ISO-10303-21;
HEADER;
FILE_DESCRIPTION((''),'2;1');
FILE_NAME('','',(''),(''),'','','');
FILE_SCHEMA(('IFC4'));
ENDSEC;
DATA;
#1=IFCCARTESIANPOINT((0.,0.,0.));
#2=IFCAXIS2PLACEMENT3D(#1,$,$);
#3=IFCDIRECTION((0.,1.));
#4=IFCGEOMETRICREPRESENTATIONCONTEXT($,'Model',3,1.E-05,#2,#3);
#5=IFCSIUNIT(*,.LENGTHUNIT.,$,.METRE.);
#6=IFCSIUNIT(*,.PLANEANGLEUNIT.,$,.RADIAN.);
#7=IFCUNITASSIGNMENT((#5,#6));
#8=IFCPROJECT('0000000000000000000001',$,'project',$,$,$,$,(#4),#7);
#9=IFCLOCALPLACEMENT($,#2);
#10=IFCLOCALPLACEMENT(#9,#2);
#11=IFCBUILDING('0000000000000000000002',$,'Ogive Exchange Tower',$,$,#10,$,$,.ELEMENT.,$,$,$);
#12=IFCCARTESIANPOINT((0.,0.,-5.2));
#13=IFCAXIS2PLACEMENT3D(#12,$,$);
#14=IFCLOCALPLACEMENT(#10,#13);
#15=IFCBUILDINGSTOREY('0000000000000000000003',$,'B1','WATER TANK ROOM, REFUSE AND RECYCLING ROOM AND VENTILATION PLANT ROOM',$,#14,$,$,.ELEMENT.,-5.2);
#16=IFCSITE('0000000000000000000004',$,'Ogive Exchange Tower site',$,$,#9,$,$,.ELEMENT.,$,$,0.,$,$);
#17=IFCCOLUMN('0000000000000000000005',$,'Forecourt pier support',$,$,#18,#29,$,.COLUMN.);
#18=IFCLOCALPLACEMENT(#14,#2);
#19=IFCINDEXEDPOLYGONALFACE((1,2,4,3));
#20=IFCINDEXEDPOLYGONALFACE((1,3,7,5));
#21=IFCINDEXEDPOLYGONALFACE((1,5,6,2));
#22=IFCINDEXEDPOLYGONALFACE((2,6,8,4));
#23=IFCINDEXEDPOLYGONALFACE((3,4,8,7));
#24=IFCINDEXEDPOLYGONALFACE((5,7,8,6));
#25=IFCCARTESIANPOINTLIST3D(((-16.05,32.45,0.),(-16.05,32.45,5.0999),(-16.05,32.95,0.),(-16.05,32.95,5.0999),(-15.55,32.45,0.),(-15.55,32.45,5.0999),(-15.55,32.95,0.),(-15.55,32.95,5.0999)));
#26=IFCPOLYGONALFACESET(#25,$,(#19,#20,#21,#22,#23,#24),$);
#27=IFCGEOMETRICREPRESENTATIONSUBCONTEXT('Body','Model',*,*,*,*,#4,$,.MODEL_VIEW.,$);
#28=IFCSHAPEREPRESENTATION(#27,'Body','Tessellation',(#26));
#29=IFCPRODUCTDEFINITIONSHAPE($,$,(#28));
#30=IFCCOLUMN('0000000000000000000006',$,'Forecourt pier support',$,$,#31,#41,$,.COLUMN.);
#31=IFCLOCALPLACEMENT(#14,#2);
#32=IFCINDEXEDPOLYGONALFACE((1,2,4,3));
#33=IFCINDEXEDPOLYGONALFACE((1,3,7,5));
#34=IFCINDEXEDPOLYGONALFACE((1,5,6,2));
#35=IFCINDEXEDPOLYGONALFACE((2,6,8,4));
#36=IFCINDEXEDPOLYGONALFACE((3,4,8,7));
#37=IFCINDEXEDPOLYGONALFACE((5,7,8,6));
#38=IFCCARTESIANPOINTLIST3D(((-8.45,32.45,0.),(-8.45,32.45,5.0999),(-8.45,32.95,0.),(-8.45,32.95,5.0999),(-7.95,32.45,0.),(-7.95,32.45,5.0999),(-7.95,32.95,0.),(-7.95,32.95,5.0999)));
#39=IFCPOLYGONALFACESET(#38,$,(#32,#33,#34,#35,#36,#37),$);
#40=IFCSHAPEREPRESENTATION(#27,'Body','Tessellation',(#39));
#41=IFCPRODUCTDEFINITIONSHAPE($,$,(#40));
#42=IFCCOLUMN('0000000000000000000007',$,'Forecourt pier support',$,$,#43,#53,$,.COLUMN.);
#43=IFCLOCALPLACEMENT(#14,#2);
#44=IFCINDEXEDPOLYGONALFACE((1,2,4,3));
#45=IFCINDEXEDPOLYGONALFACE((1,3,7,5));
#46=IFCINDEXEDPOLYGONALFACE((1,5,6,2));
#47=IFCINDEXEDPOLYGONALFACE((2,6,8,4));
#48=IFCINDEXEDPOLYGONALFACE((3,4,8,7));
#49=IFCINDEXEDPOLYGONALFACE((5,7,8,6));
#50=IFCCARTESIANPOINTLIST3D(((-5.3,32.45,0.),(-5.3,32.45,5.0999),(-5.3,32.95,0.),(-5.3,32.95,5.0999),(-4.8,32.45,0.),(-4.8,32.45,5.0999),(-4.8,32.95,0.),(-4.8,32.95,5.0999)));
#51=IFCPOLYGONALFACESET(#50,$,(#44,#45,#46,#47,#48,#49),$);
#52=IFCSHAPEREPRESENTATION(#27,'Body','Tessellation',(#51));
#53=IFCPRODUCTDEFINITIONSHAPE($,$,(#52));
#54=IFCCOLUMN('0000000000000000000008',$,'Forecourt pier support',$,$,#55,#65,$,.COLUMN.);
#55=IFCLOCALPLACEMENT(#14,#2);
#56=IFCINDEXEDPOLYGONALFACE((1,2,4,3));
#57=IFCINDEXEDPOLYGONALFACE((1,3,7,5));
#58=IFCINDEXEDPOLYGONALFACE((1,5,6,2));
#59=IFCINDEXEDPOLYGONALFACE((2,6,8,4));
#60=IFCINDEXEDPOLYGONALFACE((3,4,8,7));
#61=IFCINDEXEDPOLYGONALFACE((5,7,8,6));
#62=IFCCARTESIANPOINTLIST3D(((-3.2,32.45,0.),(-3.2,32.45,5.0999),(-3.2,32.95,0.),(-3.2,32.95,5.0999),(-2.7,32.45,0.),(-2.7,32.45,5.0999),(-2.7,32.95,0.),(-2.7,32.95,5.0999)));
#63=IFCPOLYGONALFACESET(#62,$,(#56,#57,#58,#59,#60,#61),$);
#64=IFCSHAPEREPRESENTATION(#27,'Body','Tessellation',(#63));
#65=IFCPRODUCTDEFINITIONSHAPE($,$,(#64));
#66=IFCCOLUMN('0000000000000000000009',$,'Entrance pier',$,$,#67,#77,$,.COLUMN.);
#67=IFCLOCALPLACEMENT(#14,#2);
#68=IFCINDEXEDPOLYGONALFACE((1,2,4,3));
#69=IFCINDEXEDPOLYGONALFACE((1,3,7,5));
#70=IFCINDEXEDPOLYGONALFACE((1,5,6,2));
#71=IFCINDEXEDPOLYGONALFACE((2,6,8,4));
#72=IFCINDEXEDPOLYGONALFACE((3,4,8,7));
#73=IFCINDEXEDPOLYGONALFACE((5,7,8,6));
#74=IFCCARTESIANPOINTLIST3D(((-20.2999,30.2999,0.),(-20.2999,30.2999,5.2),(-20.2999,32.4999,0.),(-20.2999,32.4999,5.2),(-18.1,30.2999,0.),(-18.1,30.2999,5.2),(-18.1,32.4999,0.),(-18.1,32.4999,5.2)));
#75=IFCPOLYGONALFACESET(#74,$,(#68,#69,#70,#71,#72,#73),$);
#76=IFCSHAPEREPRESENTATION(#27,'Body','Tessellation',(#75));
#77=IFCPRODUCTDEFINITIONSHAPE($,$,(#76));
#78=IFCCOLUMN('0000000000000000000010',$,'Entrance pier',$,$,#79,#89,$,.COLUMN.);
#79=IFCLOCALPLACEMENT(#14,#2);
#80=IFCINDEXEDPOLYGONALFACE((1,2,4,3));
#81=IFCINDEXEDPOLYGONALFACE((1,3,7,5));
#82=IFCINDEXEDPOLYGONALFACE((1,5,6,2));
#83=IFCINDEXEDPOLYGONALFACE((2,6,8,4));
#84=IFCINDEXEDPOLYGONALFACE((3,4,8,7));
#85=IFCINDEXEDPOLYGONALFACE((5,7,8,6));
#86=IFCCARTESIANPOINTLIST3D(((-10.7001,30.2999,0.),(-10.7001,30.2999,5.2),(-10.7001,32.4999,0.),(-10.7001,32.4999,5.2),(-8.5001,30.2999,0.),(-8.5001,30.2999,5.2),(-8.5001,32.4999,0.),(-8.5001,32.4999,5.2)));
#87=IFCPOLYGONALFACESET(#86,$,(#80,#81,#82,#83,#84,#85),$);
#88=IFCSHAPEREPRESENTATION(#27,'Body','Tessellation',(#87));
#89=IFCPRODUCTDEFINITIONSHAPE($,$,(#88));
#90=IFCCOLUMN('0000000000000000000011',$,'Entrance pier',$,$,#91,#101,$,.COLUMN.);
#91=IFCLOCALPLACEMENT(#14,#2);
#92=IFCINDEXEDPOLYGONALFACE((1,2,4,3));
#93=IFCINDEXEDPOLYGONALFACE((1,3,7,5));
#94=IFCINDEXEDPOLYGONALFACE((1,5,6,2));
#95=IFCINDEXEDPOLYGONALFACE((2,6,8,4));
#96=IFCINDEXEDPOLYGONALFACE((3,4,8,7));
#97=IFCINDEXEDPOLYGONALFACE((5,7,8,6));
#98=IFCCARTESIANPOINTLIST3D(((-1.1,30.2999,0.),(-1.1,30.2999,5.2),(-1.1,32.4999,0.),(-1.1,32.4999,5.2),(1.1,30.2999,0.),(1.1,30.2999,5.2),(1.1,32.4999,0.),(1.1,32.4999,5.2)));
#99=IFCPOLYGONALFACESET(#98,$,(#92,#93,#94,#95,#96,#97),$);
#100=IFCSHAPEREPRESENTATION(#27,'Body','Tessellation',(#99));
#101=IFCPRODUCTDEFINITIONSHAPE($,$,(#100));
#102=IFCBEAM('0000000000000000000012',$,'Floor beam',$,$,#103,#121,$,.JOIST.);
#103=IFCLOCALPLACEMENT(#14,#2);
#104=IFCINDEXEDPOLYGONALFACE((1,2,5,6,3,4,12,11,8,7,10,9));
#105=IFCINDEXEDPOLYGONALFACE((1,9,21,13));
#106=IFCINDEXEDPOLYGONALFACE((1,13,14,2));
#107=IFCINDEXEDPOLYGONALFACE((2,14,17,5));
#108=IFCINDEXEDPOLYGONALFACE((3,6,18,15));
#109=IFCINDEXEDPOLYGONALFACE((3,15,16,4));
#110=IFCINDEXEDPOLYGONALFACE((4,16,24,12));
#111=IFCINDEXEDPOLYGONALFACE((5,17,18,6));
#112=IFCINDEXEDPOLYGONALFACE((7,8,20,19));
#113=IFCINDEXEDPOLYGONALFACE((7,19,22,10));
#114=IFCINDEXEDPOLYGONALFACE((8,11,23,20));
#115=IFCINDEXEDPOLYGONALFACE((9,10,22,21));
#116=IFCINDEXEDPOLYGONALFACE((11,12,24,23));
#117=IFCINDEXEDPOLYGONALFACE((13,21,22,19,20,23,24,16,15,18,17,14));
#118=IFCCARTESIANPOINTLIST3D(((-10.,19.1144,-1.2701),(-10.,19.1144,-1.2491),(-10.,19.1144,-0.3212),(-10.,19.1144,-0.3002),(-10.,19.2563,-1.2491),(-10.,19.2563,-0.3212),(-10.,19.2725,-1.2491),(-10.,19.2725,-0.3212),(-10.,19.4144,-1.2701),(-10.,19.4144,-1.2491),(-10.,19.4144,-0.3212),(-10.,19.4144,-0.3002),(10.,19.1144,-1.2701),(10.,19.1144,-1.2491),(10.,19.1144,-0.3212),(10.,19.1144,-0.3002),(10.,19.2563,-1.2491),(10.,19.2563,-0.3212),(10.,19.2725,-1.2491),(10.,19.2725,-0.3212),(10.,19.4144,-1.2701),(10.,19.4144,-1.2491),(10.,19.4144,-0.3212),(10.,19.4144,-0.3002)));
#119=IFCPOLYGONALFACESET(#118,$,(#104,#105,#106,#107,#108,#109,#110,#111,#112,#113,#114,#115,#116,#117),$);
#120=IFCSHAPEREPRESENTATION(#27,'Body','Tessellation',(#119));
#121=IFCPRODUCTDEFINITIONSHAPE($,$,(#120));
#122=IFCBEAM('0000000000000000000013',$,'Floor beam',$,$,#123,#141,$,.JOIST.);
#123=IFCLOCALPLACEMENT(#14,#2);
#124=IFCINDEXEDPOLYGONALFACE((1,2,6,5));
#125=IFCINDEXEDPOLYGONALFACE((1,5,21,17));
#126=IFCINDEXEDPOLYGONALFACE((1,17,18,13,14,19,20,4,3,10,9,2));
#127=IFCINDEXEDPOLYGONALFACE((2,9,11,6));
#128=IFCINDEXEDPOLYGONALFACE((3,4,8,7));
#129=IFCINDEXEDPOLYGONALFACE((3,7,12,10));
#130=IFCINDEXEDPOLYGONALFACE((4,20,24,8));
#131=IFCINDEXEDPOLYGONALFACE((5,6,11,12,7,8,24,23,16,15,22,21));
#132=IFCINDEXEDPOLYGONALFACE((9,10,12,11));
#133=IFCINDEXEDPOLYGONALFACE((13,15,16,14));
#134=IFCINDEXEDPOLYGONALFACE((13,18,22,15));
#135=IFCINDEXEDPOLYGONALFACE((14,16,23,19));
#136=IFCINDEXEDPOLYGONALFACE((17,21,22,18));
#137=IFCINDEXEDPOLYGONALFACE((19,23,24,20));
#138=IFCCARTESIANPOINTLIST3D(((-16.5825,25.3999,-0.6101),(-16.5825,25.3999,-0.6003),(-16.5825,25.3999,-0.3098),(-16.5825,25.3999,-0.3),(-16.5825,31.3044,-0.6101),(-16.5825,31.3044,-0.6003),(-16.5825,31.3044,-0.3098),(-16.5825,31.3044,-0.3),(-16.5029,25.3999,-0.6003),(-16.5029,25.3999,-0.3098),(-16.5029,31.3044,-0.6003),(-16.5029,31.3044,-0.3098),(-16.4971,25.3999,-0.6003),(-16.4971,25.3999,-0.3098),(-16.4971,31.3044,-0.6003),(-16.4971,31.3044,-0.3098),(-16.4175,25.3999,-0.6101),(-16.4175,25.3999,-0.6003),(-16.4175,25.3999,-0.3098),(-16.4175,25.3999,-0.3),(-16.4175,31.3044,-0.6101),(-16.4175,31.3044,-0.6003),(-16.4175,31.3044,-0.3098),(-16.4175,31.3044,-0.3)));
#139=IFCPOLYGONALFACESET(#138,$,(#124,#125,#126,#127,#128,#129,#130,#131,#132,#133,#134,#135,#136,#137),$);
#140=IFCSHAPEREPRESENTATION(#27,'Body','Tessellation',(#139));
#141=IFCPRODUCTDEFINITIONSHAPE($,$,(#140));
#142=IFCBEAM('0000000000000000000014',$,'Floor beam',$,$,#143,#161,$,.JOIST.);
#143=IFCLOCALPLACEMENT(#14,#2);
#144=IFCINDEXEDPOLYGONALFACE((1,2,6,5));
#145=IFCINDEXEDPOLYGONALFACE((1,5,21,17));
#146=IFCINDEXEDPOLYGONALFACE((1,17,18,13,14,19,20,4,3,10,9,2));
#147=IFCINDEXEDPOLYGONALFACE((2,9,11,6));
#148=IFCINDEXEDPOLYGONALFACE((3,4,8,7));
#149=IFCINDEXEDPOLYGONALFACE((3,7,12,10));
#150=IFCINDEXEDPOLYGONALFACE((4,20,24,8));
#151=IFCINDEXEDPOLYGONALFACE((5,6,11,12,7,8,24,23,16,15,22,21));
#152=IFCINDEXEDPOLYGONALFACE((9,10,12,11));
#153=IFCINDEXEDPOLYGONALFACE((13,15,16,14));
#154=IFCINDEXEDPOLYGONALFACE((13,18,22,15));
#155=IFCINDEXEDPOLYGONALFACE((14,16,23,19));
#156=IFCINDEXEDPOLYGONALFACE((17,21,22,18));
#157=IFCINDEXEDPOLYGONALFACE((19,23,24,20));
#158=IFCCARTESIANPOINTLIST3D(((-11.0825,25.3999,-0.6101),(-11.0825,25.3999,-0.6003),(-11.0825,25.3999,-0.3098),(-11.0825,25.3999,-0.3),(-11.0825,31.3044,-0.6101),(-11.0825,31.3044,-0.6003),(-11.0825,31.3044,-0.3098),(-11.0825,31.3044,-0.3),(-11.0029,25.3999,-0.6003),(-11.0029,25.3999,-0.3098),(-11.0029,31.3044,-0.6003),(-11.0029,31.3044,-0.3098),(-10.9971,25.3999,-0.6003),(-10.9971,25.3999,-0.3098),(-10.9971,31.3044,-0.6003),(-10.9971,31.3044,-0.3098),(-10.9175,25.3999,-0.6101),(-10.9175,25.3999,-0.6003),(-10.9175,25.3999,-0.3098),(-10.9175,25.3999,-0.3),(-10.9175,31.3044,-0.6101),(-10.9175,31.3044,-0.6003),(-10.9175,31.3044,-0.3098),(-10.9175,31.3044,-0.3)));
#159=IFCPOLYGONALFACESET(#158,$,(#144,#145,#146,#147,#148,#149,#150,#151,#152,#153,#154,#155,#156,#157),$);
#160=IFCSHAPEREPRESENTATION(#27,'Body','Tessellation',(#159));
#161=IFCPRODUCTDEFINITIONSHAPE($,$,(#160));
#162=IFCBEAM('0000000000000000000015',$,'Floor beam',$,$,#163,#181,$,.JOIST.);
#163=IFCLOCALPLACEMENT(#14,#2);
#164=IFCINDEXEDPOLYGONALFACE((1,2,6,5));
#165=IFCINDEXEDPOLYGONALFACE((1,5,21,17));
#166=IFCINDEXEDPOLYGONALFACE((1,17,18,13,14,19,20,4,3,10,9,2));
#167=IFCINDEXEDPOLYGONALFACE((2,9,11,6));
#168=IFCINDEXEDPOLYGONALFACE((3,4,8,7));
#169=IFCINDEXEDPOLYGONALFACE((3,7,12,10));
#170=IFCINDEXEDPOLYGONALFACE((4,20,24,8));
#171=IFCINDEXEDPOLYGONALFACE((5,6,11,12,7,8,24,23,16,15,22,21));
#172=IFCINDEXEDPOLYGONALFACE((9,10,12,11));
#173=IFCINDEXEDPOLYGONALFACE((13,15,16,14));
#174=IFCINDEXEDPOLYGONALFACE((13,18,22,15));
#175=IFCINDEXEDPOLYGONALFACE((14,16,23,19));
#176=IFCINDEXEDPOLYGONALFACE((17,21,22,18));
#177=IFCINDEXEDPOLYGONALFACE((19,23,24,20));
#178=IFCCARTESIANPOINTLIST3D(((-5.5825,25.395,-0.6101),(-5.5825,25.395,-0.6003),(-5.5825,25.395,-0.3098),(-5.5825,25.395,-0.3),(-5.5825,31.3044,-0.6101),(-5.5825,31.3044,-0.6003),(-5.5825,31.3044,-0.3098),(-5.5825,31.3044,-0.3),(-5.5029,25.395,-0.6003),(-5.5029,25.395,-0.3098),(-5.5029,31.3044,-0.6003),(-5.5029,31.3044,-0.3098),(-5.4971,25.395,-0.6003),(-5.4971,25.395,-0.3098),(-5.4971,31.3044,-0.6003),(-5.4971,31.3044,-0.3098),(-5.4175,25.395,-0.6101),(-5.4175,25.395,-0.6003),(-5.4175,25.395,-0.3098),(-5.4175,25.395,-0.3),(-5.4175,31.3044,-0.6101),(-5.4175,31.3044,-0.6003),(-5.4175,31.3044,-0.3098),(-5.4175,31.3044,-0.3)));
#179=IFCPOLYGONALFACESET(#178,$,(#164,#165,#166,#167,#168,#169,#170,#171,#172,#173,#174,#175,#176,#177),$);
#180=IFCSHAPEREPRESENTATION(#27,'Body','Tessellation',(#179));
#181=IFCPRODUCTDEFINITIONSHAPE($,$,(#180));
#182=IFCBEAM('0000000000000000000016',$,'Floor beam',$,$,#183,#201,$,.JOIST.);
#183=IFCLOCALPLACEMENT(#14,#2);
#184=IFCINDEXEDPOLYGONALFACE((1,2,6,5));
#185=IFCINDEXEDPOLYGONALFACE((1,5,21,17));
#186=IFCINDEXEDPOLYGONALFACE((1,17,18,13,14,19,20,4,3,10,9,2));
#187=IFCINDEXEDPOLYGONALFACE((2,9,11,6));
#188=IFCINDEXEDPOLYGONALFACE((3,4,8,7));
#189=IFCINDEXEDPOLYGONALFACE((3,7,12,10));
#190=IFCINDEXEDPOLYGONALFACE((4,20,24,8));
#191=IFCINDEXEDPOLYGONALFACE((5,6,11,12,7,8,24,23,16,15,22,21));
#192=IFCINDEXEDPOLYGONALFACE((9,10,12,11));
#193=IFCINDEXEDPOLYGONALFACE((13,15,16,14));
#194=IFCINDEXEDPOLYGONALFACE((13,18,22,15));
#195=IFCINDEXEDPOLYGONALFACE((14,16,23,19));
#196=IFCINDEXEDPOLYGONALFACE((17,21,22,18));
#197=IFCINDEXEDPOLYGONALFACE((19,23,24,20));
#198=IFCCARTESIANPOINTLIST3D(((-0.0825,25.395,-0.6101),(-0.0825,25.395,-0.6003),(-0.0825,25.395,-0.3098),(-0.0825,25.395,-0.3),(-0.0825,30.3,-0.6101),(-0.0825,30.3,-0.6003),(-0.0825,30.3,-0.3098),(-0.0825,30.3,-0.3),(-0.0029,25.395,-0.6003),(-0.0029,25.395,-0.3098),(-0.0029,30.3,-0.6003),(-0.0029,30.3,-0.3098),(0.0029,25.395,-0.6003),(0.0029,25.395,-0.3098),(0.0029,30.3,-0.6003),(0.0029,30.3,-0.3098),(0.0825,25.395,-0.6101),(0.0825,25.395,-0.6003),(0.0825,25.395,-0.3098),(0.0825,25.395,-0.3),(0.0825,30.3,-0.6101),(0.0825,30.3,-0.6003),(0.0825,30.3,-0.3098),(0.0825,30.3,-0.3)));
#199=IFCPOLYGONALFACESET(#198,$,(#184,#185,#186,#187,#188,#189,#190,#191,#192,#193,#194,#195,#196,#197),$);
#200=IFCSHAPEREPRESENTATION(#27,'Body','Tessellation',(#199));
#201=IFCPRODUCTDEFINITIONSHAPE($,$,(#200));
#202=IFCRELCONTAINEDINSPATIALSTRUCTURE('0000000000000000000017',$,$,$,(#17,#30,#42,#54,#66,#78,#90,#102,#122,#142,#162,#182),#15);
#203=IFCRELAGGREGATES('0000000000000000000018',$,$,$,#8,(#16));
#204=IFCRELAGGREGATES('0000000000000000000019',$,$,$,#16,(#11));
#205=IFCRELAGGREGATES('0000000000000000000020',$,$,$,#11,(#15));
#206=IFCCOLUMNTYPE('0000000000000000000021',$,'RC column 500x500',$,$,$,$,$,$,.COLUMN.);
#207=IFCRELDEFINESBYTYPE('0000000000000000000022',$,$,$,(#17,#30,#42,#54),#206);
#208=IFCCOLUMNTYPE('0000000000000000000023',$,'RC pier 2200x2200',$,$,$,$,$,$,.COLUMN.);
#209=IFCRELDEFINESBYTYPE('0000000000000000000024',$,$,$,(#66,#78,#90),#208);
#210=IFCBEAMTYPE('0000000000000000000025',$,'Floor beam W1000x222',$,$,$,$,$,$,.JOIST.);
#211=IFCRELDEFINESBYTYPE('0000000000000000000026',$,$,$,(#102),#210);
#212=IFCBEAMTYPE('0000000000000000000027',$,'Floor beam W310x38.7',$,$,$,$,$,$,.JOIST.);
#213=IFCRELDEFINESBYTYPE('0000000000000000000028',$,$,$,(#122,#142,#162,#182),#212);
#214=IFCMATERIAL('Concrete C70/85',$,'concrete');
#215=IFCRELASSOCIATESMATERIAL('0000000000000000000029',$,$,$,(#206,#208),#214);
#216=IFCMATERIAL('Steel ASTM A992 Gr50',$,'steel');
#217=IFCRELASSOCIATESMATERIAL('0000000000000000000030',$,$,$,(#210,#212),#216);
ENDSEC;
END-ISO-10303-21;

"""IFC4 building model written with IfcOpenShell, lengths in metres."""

from ifc_helpers import new_model, si_unit, direction, frame, origin, origin_2d, place, context, subcontext, project, spatial, rectangle, i_section, extrude, material, material_profile, profile_set, type_object, element, save


model = new_model("IFC4")

# Units and contexts
model_context = context("Model", 3, precision=1e-05, world=origin(), true_north=direction((0.0, 1.0)))
body_context = subcontext(model_context, "Body", "Model", "MODEL_VIEW")
ifc_project = project(units=[si_unit("LENGTHUNIT", "METRE"), si_unit("PLANEANGLEUNIT", "RADIAN")], contexts=[model_context])

# Site, building, storey
site_placement = place(None, origin())
site = spatial("IfcSite", under=ifc_project, at=site_placement, Name="Ogive Exchange Tower site", CompositionType="ELEMENT", RefElevation=0.0)
building_placement = place(site_placement, origin())
building = spatial("IfcBuilding", under=site, at=building_placement, Name="Ogive Exchange Tower", CompositionType="ELEMENT")
storey_placement = place(building_placement, frame((0.0, 0.0, -5.2)))
storey = spatial("IfcBuildingStorey", under=building, at=storey_placement, Name="B1", Description="WATER TANK ROOM, REFUSE AND RECYCLING ROOM AND VENTILATION PLANT ROOM", CompositionType="ELEMENT", Elevation=-5.2)

# Columns
ifc_material_1 = material(Name="Concrete C70/85", Category="concrete")
ifc_material_profile_1 = material_profile(ifc_material_1, rectangle(XDim=0.5, YDim=0.5, at=origin_2d()), Name="RC 500x500")
ifc_profile_set_1 = profile_set([ifc_material_profile_1], Name="Concrete C70/85")
column_type_1 = type_object("IfcColumnType", Name="RC column 500x500", PredefinedType="COLUMN", material=ifc_profile_set_1)
for number, where, z_axis, x_axis, name in (
    (1, (-15.8, 32.7, 0.0), (0.0, 0.0, 1.0), (1.0, 0.0, 0.0), "Forecourt pier support"),
    (2, (-8.2, 32.7, 0.0), (0.0, 0.0, 1.0), (1.0, 0.0, 0.0), "Forecourt pier support"),
    (3, (-5.05, 32.7, 0.0), (0.0, 0.0, 1.0), (1.0, 0.0, 0.0), "Forecourt pier support"),
    (4, (-2.95, 32.7, 0.0), (0.0, 0.0, 1.0), (1.0, 0.0, 0.0), "Forecourt pier support"),
):
    element("IfcColumn", number, at=place(storey_placement, frame(where, z_axis=z_axis, x_axis=x_axis)), inside=storey, type_object=column_type_1, Name=name, PredefinedType="COLUMN", context=body_context, shape_type="SweptSolid", body=[
        extrude(rectangle(XDim=0.5, YDim=0.5, at=origin_2d()), origin(), (0.0, 0.0, 1.0), 5.0999),
    ])
ifc_material_profile_2 = material_profile(ifc_material_1, rectangle(XDim=2.2, YDim=2.2, at=origin_2d()), Name="RC 2200x2200")
ifc_profile_set_2 = profile_set([ifc_material_profile_2], Name="Concrete C70/85")
column_type_2 = type_object("IfcColumnType", Name="RC pier 2200x2200", PredefinedType="COLUMN", material=ifc_profile_set_2)
for number, where, z_axis, x_axis, name in (
    (5, (-19.2, 31.3999, 0.0), (0.0, 0.0, 1.0), (1.0, 0.0, 0.0), "Entrance pier"),
    (6, (-9.6001, 31.3999, 0.0), (0.0, 0.0, 1.0), (1.0, 0.0, 0.0), "Entrance pier"),
    (7, (0.0, 31.3999, 0.0), (0.0, 0.0, 1.0), (1.0, 0.0, 0.0), "Entrance pier"),
):
    element("IfcColumn", number, at=place(storey_placement, frame(where, z_axis=z_axis, x_axis=x_axis)), inside=storey, type_object=column_type_2, Name=name, PredefinedType="COLUMN", context=body_context, shape_type="SweptSolid", body=[
        extrude(rectangle(XDim=2.2, YDim=2.2, at=origin_2d()), origin(), (0.0, 0.0, 1.0), 5.2),
    ])

# Beams
ifc_material_2 = material(Name="Steel ASTM A992 Gr50", Category="steel")
ifc_material_profile_3 = material_profile(ifc_material_2, i_section(OverallWidth=0.3, OverallDepth=0.97, WebThickness=0.0161, FlangeThickness=0.021, at=origin_2d()), Name="W1000x222")
ifc_profile_set_3 = profile_set([ifc_material_profile_3], Name="Steel ASTM A992 Gr50")
beam_type_1 = type_object("IfcBeamType", Name="Floor beam W1000x222", PredefinedType="JOIST", material=ifc_profile_set_3)
beam_1_placement = place(storey_placement, frame((-10.0, 19.2644, -0.7852), z_axis=(1.0, 0.0, 0.0), x_axis=(0.0, 1.0, 0.0)))
element("IfcBeam", 8, at=beam_1_placement, inside=storey, type_object=beam_type_1, Name="Floor beam", PredefinedType="JOIST", context=body_context, shape_type="SweptSolid", body=[
    extrude(i_section(OverallWidth=0.3, OverallDepth=0.97, WebThickness=0.0161, FlangeThickness=0.021, at=origin_2d()), origin(), (0.0, 0.0, 1.0), 20.0),
])
ifc_material_profile_4 = material_profile(ifc_material_2, i_section(OverallWidth=0.165, OverallDepth=0.3101, WebThickness=0.0059, FlangeThickness=0.0098, at=origin_2d()), Name="W310x38.7")
ifc_profile_set_4 = profile_set([ifc_material_profile_4], Name="Steel ASTM A992 Gr50")
beam_type_2 = type_object("IfcBeamType", Name="Floor beam W310x38.7", PredefinedType="JOIST", material=ifc_profile_set_4)
for number, where, z_axis, x_axis, name in (
    (9, (-16.5, 25.3999, -0.4551), (0.0, 1.0, 0.0), (-1.0, 0.0, 0.0), "Floor beam"),
    (10, (-11.0, 25.3999, -0.4551), (0.0, 1.0, 0.0), (-1.0, 0.0, 0.0), "Floor beam"),
):
    element("IfcBeam", number, at=place(storey_placement, frame(where, z_axis=z_axis, x_axis=x_axis)), inside=storey, type_object=beam_type_2, Name=name, PredefinedType="JOIST", context=body_context, shape_type="SweptSolid", body=[
        extrude(i_section(OverallWidth=0.165, OverallDepth=0.3101, WebThickness=0.0059, FlangeThickness=0.0098, at=origin_2d()), origin(), (0.0, 0.0, 1.0), 5.9045),
    ])
beam_2_placement = place(storey_placement, frame((-5.5, 25.395, -0.4551), z_axis=(0.0, 1.0, 0.0), x_axis=(-1.0, 0.0, 0.0)))
element("IfcBeam", 11, at=beam_2_placement, inside=storey, type_object=beam_type_2, Name="Floor beam", PredefinedType="JOIST", context=body_context, shape_type="SweptSolid", body=[
    extrude(i_section(OverallWidth=0.165, OverallDepth=0.3101, WebThickness=0.0059, FlangeThickness=0.0098, at=origin_2d()), origin(), (0.0, 0.0, 1.0), 5.9094),
])
beam_3_placement = place(storey_placement, frame((0.0, 25.395, -0.4551), z_axis=(0.0, 1.0, 0.0), x_axis=(-1.0, 0.0, 0.0)))
element("IfcBeam", 12, at=beam_3_placement, inside=storey, type_object=beam_type_2, Name="Floor beam", PredefinedType="JOIST", context=body_context, shape_type="SweptSolid", body=[
    extrude(i_section(OverallWidth=0.165, OverallDepth=0.3101, WebThickness=0.0059, FlangeThickness=0.0098, at=origin_2d()), origin(), (0.0, 0.0, 1.0), 4.905),
])

save(model, "model.ifc")
